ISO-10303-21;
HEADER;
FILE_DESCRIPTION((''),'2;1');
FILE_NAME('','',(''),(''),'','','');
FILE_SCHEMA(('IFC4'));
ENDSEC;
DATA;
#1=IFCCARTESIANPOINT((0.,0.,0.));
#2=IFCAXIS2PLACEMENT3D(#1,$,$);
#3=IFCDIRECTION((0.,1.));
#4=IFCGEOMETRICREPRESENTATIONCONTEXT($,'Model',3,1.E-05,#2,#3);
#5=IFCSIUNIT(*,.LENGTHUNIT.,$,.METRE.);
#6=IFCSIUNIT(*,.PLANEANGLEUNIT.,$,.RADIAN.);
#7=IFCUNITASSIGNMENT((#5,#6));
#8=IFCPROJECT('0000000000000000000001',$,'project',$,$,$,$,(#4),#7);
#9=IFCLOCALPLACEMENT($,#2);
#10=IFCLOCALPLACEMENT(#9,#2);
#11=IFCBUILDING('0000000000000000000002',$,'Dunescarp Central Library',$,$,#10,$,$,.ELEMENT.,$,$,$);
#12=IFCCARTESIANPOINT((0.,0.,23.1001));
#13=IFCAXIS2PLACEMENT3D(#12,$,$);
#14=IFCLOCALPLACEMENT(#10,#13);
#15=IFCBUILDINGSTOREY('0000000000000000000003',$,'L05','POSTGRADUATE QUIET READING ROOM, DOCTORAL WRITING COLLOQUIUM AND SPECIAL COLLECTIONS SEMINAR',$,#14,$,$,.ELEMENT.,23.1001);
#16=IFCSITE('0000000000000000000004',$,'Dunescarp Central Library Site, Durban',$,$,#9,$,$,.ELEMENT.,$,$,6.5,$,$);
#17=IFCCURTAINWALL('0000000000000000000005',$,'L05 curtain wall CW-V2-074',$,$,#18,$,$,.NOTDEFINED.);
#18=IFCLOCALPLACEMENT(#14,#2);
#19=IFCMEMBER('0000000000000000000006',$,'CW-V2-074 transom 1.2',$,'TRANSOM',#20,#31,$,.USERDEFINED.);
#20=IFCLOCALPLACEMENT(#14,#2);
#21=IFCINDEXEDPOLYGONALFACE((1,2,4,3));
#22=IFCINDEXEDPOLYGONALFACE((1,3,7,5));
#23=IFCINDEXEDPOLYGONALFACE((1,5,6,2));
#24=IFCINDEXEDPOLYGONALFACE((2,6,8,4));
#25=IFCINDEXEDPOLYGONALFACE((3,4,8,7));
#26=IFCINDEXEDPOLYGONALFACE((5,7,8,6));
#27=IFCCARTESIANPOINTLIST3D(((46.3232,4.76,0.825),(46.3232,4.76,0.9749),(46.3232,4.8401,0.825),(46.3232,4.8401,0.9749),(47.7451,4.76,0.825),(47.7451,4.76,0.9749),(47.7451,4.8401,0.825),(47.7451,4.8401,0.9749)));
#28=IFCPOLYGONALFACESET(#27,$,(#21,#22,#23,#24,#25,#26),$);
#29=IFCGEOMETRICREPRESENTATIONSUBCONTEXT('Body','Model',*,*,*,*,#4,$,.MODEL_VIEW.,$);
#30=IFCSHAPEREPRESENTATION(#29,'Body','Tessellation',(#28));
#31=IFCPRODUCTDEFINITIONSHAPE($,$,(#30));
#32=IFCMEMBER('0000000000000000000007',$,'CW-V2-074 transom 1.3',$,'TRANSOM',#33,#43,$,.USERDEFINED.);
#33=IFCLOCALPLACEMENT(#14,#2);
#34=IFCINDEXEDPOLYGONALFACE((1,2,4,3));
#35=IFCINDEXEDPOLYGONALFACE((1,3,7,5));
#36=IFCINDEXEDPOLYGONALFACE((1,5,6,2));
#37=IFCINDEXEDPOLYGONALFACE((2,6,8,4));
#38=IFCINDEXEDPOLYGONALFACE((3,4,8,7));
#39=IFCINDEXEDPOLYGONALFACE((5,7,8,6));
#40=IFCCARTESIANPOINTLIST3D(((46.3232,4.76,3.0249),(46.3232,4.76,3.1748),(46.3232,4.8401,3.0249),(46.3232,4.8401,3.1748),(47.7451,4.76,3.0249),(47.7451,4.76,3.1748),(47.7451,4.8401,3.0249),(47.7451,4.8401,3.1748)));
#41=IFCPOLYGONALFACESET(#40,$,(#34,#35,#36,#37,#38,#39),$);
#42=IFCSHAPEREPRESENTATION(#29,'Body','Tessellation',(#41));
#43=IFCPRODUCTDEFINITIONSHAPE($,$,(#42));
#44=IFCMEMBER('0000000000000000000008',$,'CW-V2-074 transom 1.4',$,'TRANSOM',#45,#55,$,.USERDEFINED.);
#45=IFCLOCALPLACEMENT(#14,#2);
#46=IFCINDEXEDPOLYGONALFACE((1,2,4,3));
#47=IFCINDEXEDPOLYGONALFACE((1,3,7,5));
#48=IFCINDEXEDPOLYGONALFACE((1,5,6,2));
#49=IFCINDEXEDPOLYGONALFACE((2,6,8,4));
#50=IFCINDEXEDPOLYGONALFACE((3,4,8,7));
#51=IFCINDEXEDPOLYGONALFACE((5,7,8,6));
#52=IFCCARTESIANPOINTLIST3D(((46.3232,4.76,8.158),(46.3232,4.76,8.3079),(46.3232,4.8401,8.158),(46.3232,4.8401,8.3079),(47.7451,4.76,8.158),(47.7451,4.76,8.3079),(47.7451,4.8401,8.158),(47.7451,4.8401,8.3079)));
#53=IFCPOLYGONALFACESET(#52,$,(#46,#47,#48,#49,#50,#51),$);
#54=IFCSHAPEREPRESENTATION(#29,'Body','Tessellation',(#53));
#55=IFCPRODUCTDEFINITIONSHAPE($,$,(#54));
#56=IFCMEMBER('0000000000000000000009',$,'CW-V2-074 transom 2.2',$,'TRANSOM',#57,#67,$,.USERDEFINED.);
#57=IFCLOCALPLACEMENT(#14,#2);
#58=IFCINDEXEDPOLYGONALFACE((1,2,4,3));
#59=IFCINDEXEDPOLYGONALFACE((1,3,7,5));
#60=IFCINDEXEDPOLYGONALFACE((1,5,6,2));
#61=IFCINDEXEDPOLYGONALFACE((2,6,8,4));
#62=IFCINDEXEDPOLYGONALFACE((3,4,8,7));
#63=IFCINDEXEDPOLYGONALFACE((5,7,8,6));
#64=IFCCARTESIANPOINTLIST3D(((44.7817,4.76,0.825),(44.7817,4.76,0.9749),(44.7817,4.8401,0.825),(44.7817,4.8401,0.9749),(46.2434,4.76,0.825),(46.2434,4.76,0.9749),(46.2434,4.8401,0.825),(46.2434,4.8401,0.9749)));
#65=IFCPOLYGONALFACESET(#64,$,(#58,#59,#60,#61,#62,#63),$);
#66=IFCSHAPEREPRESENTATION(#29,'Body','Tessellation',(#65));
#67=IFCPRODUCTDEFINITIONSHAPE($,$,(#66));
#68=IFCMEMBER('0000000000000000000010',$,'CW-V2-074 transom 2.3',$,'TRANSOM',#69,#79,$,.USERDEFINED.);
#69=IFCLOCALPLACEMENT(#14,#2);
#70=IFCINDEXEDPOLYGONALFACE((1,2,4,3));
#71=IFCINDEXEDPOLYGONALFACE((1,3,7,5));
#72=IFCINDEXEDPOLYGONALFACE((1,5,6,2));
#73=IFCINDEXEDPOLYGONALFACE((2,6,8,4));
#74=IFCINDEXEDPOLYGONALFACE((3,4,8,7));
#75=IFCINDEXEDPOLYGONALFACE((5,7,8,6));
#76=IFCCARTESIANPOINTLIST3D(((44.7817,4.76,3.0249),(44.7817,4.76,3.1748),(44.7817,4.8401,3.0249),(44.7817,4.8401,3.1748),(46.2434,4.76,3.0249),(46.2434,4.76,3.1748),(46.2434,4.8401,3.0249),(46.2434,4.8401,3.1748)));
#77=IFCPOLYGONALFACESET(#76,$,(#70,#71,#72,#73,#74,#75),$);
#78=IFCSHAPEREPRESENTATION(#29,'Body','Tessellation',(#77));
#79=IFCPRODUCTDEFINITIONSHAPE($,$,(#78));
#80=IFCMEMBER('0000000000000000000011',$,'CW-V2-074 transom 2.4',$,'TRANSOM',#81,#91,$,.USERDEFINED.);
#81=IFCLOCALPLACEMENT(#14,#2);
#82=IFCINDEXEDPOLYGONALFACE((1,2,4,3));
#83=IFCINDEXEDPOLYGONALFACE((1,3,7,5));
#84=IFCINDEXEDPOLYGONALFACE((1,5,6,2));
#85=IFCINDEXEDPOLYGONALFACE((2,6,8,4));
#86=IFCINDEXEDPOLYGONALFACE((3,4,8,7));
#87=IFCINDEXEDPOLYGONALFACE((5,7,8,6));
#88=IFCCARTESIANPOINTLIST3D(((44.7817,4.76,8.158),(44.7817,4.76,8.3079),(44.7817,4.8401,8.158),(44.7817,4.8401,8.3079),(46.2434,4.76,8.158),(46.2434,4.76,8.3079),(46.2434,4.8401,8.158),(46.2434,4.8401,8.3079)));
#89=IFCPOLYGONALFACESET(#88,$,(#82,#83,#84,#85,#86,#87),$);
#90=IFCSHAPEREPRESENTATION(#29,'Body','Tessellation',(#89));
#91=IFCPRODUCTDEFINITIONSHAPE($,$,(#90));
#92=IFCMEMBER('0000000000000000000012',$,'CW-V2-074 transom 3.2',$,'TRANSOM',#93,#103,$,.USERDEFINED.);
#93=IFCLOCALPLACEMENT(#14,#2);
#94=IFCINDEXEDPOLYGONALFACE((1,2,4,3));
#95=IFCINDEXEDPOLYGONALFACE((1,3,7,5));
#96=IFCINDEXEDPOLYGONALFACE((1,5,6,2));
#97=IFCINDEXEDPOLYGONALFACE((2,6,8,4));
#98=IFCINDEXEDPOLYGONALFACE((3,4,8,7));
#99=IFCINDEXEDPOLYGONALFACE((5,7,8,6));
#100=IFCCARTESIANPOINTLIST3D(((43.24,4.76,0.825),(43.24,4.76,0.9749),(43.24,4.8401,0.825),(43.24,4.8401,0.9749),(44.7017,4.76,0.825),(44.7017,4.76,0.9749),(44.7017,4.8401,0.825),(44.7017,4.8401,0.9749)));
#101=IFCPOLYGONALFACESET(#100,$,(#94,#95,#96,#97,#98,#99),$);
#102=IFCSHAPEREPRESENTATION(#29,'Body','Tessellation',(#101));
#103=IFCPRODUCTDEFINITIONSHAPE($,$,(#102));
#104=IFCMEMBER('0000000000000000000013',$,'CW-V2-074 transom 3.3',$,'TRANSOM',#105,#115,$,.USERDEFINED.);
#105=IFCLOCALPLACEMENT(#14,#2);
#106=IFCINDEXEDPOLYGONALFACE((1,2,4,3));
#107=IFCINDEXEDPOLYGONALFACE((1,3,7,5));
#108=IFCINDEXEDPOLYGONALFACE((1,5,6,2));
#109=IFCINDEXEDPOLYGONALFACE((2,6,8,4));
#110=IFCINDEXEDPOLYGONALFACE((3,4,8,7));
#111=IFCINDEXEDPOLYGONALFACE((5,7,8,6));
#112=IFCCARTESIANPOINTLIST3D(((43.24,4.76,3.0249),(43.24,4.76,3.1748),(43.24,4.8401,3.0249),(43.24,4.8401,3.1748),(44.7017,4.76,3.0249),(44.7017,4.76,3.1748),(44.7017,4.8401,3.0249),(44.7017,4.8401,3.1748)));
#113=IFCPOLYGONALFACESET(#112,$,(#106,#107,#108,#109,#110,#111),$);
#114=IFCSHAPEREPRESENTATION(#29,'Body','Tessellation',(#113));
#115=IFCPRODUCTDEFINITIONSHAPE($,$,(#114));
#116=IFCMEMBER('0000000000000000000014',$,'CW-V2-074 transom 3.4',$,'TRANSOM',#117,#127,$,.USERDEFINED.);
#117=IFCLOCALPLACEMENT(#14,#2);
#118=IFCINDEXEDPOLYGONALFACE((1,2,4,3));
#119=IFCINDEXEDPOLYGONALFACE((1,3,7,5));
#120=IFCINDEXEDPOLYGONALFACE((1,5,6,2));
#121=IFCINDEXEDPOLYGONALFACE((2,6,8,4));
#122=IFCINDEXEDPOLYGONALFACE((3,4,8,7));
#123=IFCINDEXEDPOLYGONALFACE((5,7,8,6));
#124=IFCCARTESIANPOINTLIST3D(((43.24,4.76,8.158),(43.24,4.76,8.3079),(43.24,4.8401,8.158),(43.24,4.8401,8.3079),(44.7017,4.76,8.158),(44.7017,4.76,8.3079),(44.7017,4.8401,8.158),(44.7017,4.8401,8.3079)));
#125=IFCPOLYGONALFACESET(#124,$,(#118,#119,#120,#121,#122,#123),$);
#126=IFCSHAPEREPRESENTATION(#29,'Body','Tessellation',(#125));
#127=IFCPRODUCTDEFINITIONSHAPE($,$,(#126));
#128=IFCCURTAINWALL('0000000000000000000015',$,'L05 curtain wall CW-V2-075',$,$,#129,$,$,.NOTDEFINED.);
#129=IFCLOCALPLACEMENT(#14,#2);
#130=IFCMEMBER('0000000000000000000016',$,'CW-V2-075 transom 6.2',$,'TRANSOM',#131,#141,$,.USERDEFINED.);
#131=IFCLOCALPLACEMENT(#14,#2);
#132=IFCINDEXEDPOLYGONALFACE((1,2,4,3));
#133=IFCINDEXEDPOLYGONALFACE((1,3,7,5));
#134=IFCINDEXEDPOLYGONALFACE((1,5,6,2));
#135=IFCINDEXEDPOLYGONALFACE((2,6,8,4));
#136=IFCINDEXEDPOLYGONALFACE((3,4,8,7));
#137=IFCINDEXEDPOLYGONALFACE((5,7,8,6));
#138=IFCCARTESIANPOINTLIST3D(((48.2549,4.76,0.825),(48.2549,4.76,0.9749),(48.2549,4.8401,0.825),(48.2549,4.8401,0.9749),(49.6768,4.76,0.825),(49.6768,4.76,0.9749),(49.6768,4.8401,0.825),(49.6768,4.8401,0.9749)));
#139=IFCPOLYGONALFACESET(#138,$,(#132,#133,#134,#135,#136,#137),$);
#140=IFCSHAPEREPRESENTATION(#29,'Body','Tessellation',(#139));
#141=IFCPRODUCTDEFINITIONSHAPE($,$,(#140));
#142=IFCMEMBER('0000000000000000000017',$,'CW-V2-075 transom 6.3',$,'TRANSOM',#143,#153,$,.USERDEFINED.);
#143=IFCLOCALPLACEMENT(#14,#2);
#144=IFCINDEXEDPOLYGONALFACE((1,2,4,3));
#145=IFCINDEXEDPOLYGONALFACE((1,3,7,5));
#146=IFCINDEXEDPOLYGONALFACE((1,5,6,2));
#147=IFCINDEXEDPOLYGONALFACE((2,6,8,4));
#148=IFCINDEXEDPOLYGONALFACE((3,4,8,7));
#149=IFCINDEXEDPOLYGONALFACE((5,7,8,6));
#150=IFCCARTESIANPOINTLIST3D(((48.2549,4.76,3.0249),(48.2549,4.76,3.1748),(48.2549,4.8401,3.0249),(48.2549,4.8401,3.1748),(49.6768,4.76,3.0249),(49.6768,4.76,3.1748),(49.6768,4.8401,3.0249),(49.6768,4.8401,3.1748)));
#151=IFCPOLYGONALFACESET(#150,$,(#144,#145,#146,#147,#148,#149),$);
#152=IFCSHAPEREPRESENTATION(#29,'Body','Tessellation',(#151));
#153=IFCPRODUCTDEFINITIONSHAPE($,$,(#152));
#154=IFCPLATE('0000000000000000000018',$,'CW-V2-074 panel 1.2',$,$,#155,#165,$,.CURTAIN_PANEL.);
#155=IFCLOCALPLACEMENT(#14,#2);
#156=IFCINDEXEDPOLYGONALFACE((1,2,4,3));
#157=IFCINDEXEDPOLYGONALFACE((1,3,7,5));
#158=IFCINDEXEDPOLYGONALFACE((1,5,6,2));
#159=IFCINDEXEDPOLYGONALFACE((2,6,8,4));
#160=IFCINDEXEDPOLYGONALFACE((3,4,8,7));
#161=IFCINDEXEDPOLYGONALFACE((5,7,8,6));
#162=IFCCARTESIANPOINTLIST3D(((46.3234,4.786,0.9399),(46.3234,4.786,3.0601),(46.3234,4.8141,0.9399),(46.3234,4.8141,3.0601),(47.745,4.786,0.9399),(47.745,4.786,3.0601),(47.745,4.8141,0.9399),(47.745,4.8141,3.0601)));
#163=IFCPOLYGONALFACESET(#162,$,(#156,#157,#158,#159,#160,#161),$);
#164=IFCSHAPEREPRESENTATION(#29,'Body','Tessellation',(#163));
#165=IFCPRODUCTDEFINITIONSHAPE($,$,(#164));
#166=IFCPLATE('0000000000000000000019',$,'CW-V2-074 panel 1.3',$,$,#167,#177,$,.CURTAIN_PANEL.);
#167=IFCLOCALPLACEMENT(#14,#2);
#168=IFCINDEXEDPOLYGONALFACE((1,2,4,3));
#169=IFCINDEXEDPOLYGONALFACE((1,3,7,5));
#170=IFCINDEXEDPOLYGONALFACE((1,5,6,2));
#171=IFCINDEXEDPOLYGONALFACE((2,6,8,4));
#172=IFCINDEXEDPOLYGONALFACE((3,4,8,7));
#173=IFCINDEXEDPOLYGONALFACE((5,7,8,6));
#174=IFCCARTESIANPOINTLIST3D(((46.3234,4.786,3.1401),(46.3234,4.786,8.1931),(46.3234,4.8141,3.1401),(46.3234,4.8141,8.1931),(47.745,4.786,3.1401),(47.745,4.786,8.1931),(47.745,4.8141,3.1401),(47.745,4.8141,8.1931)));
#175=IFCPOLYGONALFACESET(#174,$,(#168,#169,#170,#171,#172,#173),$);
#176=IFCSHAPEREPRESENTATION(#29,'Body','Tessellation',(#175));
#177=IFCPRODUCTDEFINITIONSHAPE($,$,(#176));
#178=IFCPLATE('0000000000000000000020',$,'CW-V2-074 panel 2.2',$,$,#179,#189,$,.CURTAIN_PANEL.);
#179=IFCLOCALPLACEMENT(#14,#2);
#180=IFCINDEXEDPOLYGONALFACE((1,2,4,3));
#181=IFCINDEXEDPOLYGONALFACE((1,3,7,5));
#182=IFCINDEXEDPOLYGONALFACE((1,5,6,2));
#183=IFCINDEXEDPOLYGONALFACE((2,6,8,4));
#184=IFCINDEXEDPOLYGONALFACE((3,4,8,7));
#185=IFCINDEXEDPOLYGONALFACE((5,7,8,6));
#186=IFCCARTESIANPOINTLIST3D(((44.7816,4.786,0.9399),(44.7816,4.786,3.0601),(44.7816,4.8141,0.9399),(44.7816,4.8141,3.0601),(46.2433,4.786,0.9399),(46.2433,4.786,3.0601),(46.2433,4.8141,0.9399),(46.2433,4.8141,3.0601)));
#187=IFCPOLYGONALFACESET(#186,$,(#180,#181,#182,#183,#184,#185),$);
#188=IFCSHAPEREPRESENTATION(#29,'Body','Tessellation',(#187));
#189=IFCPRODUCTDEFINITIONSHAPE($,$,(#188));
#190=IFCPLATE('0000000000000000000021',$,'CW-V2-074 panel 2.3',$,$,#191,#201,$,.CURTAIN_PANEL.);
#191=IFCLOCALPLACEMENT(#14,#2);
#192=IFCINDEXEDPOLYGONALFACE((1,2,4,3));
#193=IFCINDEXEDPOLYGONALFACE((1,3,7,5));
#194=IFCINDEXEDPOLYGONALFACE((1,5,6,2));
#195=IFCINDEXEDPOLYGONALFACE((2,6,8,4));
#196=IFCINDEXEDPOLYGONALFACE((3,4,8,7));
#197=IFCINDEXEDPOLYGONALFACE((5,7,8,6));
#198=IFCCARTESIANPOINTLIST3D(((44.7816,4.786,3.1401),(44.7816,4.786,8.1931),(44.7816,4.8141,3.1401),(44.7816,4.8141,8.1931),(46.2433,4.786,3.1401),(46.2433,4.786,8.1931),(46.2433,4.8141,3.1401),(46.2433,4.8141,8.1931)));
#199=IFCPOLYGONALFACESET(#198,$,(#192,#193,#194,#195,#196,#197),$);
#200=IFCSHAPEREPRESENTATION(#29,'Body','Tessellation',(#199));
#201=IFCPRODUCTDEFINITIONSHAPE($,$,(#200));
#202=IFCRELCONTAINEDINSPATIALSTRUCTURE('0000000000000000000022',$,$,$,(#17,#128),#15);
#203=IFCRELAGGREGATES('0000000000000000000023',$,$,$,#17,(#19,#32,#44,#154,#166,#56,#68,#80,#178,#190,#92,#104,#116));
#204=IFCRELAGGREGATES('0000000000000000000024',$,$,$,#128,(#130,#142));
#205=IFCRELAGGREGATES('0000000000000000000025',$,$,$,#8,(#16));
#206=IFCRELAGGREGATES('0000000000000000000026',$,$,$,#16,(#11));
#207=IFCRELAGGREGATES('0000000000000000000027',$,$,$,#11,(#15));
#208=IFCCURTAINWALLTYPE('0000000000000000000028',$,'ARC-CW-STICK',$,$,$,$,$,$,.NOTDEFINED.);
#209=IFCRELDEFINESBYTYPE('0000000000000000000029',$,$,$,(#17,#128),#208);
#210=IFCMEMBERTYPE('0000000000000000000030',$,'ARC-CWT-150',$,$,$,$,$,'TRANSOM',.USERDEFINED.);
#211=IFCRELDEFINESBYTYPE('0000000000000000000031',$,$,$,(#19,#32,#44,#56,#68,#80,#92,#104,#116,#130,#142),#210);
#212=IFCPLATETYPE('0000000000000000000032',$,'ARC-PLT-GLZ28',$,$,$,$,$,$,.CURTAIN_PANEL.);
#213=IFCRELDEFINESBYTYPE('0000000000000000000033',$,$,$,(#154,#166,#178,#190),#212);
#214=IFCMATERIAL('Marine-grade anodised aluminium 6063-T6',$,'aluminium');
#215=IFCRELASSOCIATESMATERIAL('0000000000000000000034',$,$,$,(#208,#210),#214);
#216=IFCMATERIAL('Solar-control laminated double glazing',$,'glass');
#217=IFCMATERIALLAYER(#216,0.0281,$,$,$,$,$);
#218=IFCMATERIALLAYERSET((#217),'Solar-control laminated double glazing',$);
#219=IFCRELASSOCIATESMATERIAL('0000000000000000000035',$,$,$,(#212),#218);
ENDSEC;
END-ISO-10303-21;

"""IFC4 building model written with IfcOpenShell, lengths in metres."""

from ifc_helpers import new_model, si_unit, direction, frame, origin, origin_2d, place, context, subcontext, project, spatial, rectangle, extrude, material, layer, layer_set, material_profile, profile_set, type_object, element, aggregate, save


model = new_model("IFC4")

# Units and contexts
model_context = context("Model", 3, precision=1e-05, world=origin(), true_north=direction((0.0, 1.0)))
body_context = subcontext(model_context, "Body", "Model", "MODEL_VIEW")
ifc_project = project(units=[si_unit("LENGTHUNIT", "METRE"), si_unit("PLANEANGLEUNIT", "RADIAN")], contexts=[model_context])

# Site, building, storey
site_placement = place(None, origin())
site = spatial("IfcSite", under=ifc_project, at=site_placement, Name="Dunescarp Central Library Site, Durban", CompositionType="ELEMENT", RefElevation=6.5)
building_placement = place(site_placement, origin())
building = spatial("IfcBuilding", under=site, at=building_placement, Name="Dunescarp Central Library", CompositionType="ELEMENT")
storey_placement = place(building_placement, frame((0.0, 0.0, 23.1001)))
storey = spatial("IfcBuildingStorey", under=building, at=storey_placement, Name="L05", Description="POSTGRADUATE QUIET READING ROOM, DOCTORAL WRITING COLLOQUIUM AND SPECIAL COLLECTIONS SEMINAR", CompositionType="ELEMENT", Elevation=23.1001)

# Curtain walls, members
ifc_material_1 = material(Name="Marine-grade anodised aluminium 6063-T6", Category="aluminium")
curtain_wall_type = type_object("IfcCurtainWallType", Name="ARC-CW-STICK", PredefinedType="NOTDEFINED", material=ifc_material_1)
curtain_wall_1_placement = place(storey_placement, origin())
curtain_wall_1 = element("IfcCurtainWall", 1, at=curtain_wall_1_placement, inside=storey, type_object=curtain_wall_type, Name="L05 curtain wall CW-V2-074", PredefinedType="NOTDEFINED")
ifc_material_profile = material_profile(ifc_material_1, rectangle(XDim=0.0801, YDim=0.1499, at=origin_2d()), Name="AL 80x150")
ifc_profile_set = profile_set([ifc_material_profile], Name="Marine-grade anodised aluminium 6063-T6")
member_type = type_object("IfcMemberType", Name="ARC-CWT-150", ElementType="TRANSOM", PredefinedType="USERDEFINED", material=ifc_profile_set)
member_1_placement = place(storey_placement, frame((47.7451, 4.8, 0.8999), z_axis=(-1.0, 0.0, 0.0), x_axis=(0.0, -1.0, 0.0)))
member_1 = element("IfcMember", 2, at=member_1_placement, type_object=member_type, Name="CW-V2-074 transom 1.2", ObjectType="TRANSOM", PredefinedType="USERDEFINED", context=body_context, shape_type="SweptSolid", body=[
    extrude(rectangle(XDim=0.0801, YDim=0.1499, at=origin_2d()), origin(), (0.0, 0.0, 1.0), 1.4219),
])
member_2_placement = place(storey_placement, frame((47.7451, 4.8, 3.0999), z_axis=(-1.0, 0.0, 0.0), x_axis=(0.0, -1.0, 0.0)))
member_2 = element("IfcMember", 3, at=member_2_placement, type_object=member_type, Name="CW-V2-074 transom 1.3", ObjectType="TRANSOM", PredefinedType="USERDEFINED", context=body_context, shape_type="SweptSolid", body=[
    extrude(rectangle(XDim=0.0801, YDim=0.1499, at=origin_2d()), origin(), (0.0, 0.0, 1.0), 1.4219),
])
member_3_placement = place(storey_placement, frame((47.7451, 4.8, 8.2329), z_axis=(-1.0, 0.0, 0.0), x_axis=(0.0, -1.0, 0.0)))
member_3 = element("IfcMember", 4, at=member_3_placement, type_object=member_type, Name="CW-V2-074 transom 1.4", ObjectType="TRANSOM", PredefinedType="USERDEFINED", context=body_context, shape_type="SweptSolid", body=[
    extrude(rectangle(XDim=0.0801, YDim=0.1499, at=origin_2d()), origin(), (0.0, 0.0, 1.0), 1.4219),
])
member_4_placement = place(storey_placement, frame((46.2434, 4.8, 0.8999), z_axis=(-1.0, 0.0, 0.0), x_axis=(0.0, -1.0, 0.0)))
member_4 = element("IfcMember", 5, at=member_4_placement, type_object=member_type, Name="CW-V2-074 transom 2.2", ObjectType="TRANSOM", PredefinedType="USERDEFINED", context=body_context, shape_type="SweptSolid", body=[
    extrude(rectangle(XDim=0.0801, YDim=0.1499, at=origin_2d()), origin(), (0.0, 0.0, 1.0), 1.4617),
])
member_5_placement = place(storey_placement, frame((46.2434, 4.8, 3.0999), z_axis=(-1.0, 0.0, 0.0), x_axis=(0.0, -1.0, 0.0)))
member_5 = element("IfcMember", 6, at=member_5_placement, type_object=member_type, Name="CW-V2-074 transom 2.3", ObjectType="TRANSOM", PredefinedType="USERDEFINED", context=body_context, shape_type="SweptSolid", body=[
    extrude(rectangle(XDim=0.0801, YDim=0.1499, at=origin_2d()), origin(), (0.0, 0.0, 1.0), 1.4617),
])
member_6_placement = place(storey_placement, frame((46.2434, 4.8, 8.2329), z_axis=(-1.0, 0.0, 0.0), x_axis=(0.0, -1.0, 0.0)))
member_6 = element("IfcMember", 7, at=member_6_placement, type_object=member_type, Name="CW-V2-074 transom 2.4", ObjectType="TRANSOM", PredefinedType="USERDEFINED", context=body_context, shape_type="SweptSolid", body=[
    extrude(rectangle(XDim=0.0801, YDim=0.1499, at=origin_2d()), origin(), (0.0, 0.0, 1.0), 1.4617),
])
member_7_placement = place(storey_placement, frame((44.7017, 4.8, 0.8999), z_axis=(-1.0, 0.0, 0.0), x_axis=(0.0, -1.0, 0.0)))
member_7 = element("IfcMember", 8, at=member_7_placement, type_object=member_type, Name="CW-V2-074 transom 3.2", ObjectType="TRANSOM", PredefinedType="USERDEFINED", context=body_context, shape_type="SweptSolid", body=[
    extrude(rectangle(XDim=0.0801, YDim=0.1499, at=origin_2d()), origin(), (0.0, 0.0, 1.0), 1.4617),
])
member_8_placement = place(storey_placement, frame((44.7017, 4.8, 3.0999), z_axis=(-1.0, 0.0, 0.0), x_axis=(0.0, -1.0, 0.0)))
member_8 = element("IfcMember", 9, at=member_8_placement, type_object=member_type, Name="CW-V2-074 transom 3.3", ObjectType="TRANSOM", PredefinedType="USERDEFINED", context=body_context, shape_type="SweptSolid", body=[
    extrude(rectangle(XDim=0.0801, YDim=0.1499, at=origin_2d()), origin(), (0.0, 0.0, 1.0), 1.4617),
])
member_9_placement = place(storey_placement, frame((44.7017, 4.8, 8.2329), z_axis=(-1.0, 0.0, 0.0), x_axis=(0.0, -1.0, 0.0)))
member_9 = element("IfcMember", 10, at=member_9_placement, type_object=member_type, Name="CW-V2-074 transom 3.4", ObjectType="TRANSOM", PredefinedType="USERDEFINED", context=body_context, shape_type="SweptSolid", body=[
    extrude(rectangle(XDim=0.0801, YDim=0.1499, at=origin_2d()), origin(), (0.0, 0.0, 1.0), 1.4617),
])
curtain_wall_2_placement = place(storey_placement, origin())
curtain_wall_2 = element("IfcCurtainWall", 11, at=curtain_wall_2_placement, inside=storey, type_object=curtain_wall_type, Name="L05 curtain wall CW-V2-075", PredefinedType="NOTDEFINED")
member_10_placement = place(storey_placement, frame((49.6768, 4.8, 0.8999), z_axis=(-1.0, 0.0, 0.0), x_axis=(0.0, -1.0, 0.0)))
member_10 = element("IfcMember", 12, at=member_10_placement, type_object=member_type, Name="CW-V2-075 transom 6.2", ObjectType="TRANSOM", PredefinedType="USERDEFINED", context=body_context, shape_type="SweptSolid", body=[
    extrude(rectangle(XDim=0.0801, YDim=0.1499, at=origin_2d()), origin(), (0.0, 0.0, 1.0), 1.4219),
])
member_11_placement = place(storey_placement, frame((49.6768, 4.8, 3.0999), z_axis=(-1.0, 0.0, 0.0), x_axis=(0.0, -1.0, 0.0)))
member_11 = element("IfcMember", 13, at=member_11_placement, type_object=member_type, Name="CW-V2-075 transom 6.3", ObjectType="TRANSOM", PredefinedType="USERDEFINED", context=body_context, shape_type="SweptSolid", body=[
    extrude(rectangle(XDim=0.0801, YDim=0.1499, at=origin_2d()), origin(), (0.0, 0.0, 1.0), 1.4219),
])

# Plates
ifc_material_2 = material(Name="Solar-control laminated double glazing", Category="glass")
ifc_layer = layer(ifc_material_2, 0.0281)
ifc_layer_set = layer_set([ifc_layer], Name="Solar-control laminated double glazing")
plate_type = type_object("IfcPlateType", Name="ARC-PLT-GLZ28", PredefinedType="CURTAIN_PANEL", material=ifc_layer_set)
plate_1_placement = place(storey_placement, frame((47.0342, 4.8, 0.9399), z_axis=(0.0, 0.0, 1.0), x_axis=(-1.0, 0.0, 0.0)))
plate_1 = element("IfcPlate", 14, at=plate_1_placement, type_object=plate_type, Name="CW-V2-074 panel 1.2", PredefinedType="CURTAIN_PANEL", context=body_context, shape_type="SweptSolid", body=[
    extrude(rectangle(XDim=1.4216, YDim=0.0281, at=origin_2d()), origin(), (0.0, 0.0, 1.0), 2.1201),
])
plate_2_placement = place(storey_placement, frame((47.0342, 4.8, 3.1401), z_axis=(0.0, 0.0, 1.0), x_axis=(-1.0, 0.0, 0.0)))
plate_2 = element("IfcPlate", 15, at=plate_2_placement, type_object=plate_type, Name="CW-V2-074 panel 1.3", PredefinedType="CURTAIN_PANEL", context=body_context, shape_type="SweptSolid", body=[
    extrude(rectangle(XDim=1.4216, YDim=0.0281, at=origin_2d()), origin(), (0.0, 0.0, 1.0), 5.053),
])
plate_3_placement = place(storey_placement, frame((45.5125, 4.8, 0.9399), z_axis=(0.0, 0.0, 1.0), x_axis=(-1.0, 0.0, 0.0)))
plate_3 = element("IfcPlate", 16, at=plate_3_placement, type_object=plate_type, Name="CW-V2-074 panel 2.2", PredefinedType="CURTAIN_PANEL", context=body_context, shape_type="SweptSolid", body=[
    extrude(rectangle(XDim=1.4617, YDim=0.0281, at=origin_2d()), origin(), (0.0, 0.0, 1.0), 2.1201),
])
plate_4_placement = place(storey_placement, frame((45.5125, 4.8, 3.1401), z_axis=(0.0, 0.0, 1.0), x_axis=(-1.0, 0.0, 0.0)))
plate_4 = element("IfcPlate", 17, at=plate_4_placement, type_object=plate_type, Name="CW-V2-074 panel 2.3", PredefinedType="CURTAIN_PANEL", context=body_context, shape_type="SweptSolid", body=[
    extrude(rectangle(XDim=1.4617, YDim=0.0281, at=origin_2d()), origin(), (0.0, 0.0, 1.0), 5.053),
])
aggregate(curtain_wall_1, [member_1, member_2, member_3, plate_1, plate_2, member_4, member_5, member_6, plate_3, plate_4, member_7, member_8, member_9])
aggregate(curtain_wall_2, [member_10, member_11])

save(model, "model.ifc")
